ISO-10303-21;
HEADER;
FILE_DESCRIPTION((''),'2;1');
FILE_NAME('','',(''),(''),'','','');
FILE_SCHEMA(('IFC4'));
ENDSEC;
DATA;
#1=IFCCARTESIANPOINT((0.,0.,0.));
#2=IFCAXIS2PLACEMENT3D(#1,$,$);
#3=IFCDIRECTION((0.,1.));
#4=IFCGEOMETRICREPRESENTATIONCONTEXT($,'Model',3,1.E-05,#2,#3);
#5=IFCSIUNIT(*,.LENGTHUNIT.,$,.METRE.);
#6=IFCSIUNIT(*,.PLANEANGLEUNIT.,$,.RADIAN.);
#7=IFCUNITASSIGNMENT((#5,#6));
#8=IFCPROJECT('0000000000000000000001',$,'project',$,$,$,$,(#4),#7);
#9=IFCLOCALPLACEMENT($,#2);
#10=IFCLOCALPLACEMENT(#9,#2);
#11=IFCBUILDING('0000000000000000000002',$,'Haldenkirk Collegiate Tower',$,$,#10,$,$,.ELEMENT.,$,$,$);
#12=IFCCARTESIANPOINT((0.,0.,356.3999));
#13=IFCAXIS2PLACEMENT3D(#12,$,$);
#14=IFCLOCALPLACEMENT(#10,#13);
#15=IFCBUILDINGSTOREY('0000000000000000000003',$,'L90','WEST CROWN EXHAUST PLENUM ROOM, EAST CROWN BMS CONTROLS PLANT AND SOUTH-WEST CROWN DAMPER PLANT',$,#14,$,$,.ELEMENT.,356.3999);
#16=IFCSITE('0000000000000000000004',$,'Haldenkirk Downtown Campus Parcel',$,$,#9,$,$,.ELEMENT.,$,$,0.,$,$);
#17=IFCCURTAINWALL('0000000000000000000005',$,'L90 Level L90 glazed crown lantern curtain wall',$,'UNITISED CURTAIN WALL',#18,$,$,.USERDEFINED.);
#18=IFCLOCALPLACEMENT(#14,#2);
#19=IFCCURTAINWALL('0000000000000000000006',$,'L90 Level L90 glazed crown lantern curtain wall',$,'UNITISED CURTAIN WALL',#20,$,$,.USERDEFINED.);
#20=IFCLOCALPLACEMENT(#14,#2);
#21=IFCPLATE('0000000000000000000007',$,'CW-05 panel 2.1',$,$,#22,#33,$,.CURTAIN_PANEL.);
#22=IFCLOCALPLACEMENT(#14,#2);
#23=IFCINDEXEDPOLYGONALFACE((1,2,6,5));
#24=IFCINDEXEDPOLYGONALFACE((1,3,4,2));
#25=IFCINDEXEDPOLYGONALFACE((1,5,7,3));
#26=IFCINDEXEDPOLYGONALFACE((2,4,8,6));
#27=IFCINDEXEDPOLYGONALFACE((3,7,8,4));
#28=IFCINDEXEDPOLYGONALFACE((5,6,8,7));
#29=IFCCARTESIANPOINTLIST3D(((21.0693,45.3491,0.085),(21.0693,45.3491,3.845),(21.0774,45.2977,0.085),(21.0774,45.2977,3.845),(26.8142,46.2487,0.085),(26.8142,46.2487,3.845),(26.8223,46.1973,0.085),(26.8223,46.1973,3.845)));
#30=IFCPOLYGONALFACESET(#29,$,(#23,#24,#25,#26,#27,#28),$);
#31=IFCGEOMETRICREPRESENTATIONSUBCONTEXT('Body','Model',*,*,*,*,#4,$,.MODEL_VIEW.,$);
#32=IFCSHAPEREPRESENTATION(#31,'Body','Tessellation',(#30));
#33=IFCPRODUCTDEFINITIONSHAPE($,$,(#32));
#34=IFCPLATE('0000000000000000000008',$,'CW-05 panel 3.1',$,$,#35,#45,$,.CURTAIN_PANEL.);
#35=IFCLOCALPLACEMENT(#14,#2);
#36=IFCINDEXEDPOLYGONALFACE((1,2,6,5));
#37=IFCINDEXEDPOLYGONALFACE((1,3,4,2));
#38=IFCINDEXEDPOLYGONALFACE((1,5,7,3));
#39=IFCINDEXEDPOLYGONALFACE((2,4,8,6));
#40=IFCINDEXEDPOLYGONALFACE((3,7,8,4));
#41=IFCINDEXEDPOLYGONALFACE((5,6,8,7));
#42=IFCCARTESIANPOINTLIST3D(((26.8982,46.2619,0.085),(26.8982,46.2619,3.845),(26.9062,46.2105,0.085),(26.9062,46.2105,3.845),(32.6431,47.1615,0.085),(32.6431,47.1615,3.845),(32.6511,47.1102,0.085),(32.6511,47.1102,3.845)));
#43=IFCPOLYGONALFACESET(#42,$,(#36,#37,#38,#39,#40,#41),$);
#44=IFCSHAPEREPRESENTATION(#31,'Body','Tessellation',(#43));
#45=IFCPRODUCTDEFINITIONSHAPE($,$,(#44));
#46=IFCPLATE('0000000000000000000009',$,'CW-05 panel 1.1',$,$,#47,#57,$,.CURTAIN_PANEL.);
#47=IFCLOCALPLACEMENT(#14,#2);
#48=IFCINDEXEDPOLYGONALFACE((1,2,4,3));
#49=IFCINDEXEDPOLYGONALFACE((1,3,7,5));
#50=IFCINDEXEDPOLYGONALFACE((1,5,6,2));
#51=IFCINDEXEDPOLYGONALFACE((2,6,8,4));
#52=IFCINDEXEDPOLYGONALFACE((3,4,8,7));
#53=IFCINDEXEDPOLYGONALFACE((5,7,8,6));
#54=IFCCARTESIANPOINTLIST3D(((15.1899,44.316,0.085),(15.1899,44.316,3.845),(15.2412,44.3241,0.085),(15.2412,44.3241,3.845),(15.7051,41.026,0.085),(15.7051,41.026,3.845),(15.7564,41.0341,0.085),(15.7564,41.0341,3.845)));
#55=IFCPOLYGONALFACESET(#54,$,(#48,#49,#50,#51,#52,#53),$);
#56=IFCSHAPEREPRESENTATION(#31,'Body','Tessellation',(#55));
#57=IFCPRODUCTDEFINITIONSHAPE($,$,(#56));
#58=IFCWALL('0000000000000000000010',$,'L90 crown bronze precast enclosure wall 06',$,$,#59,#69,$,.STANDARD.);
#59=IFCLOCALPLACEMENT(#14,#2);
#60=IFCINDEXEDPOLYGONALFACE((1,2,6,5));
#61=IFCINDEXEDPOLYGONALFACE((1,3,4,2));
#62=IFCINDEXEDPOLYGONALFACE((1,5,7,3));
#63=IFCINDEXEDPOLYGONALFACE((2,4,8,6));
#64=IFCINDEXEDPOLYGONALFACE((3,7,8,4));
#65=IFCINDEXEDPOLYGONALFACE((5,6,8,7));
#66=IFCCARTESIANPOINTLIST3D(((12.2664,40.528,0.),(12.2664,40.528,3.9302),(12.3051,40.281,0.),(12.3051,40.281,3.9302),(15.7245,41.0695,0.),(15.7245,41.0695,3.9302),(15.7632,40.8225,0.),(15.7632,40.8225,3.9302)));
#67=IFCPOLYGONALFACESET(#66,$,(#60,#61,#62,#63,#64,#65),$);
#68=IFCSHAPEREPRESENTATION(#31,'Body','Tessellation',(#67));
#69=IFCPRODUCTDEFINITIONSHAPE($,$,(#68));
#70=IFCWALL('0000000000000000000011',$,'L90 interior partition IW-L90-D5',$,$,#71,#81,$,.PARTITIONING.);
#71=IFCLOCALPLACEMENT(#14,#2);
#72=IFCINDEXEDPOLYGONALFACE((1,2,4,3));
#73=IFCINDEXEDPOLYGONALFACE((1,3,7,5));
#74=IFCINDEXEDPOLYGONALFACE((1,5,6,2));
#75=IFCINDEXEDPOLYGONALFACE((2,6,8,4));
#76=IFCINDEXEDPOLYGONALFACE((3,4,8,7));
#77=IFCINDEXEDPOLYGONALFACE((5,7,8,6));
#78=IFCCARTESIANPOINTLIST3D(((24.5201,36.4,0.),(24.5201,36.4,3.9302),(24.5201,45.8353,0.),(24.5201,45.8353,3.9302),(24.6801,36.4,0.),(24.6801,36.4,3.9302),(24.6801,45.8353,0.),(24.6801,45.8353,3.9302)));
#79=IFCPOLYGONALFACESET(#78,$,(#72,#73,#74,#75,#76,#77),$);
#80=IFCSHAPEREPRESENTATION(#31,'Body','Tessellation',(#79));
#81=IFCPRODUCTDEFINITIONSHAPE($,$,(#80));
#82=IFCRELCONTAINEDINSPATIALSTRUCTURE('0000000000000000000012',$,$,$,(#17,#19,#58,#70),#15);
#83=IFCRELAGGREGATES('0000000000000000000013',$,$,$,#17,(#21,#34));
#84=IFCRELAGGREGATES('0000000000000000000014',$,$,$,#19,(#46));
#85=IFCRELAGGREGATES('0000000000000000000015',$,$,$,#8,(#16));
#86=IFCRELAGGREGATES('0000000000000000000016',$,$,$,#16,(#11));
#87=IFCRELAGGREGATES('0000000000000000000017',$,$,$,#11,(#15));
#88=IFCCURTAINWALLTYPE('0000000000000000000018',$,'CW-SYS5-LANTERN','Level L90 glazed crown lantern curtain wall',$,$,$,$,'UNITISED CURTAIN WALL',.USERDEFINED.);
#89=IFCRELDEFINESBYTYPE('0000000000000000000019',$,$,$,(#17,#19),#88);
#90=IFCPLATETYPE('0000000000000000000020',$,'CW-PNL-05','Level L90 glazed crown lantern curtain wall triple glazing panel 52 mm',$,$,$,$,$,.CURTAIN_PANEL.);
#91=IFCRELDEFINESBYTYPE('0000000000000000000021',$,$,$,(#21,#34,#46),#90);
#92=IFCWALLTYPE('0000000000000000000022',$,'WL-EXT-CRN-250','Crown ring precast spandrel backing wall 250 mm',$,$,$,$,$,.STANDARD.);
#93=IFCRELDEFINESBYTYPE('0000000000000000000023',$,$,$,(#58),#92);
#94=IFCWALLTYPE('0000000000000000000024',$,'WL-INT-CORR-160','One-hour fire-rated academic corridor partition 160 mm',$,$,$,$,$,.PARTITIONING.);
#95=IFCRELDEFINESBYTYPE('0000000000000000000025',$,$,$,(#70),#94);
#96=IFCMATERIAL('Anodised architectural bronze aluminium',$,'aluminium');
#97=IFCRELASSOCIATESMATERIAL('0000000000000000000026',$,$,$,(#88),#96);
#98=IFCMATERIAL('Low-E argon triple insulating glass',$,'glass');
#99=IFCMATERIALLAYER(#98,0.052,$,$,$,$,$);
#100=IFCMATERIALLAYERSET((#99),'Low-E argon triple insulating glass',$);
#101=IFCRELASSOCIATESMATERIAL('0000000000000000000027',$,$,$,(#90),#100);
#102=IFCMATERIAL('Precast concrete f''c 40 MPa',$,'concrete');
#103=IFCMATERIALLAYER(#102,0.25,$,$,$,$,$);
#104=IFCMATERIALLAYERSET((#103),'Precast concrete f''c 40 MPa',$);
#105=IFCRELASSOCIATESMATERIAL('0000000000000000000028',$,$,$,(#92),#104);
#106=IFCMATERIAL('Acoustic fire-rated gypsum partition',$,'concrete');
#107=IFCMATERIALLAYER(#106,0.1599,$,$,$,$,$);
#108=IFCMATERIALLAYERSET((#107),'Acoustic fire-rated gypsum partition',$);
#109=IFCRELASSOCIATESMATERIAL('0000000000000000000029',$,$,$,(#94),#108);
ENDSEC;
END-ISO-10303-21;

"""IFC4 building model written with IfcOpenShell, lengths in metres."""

from ifc_helpers import new_model, si_unit, direction, frame, frame_2d, origin, origin_2d, place, context, subcontext, project, spatial, rectangle, extrude, source, transform, mapped, material, layer, layer_set, type_object, element, aggregate, save


model = new_model("IFC4")

# Units and contexts
model_context = context("Model", 3, precision=1e-05, world=origin(), true_north=direction((0.0, 1.0)))
body_context = subcontext(model_context, "Body", "Model", "MODEL_VIEW")
ifc_project = project(units=[si_unit("LENGTHUNIT", "METRE"), si_unit("PLANEANGLEUNIT", "RADIAN")], contexts=[model_context])

# Site, building, storey
site_placement = place(None, origin())
site = spatial("IfcSite", under=ifc_project, at=site_placement, Name="Haldenkirk Downtown Campus Parcel", CompositionType="ELEMENT", RefElevation=0.0)
building_placement = place(site_placement, origin())
building = spatial("IfcBuilding", under=site, at=building_placement, Name="Haldenkirk Collegiate Tower", CompositionType="ELEMENT")
storey_placement = place(building_placement, frame((0.0, 0.0, 356.3999)))
storey = spatial("IfcBuildingStorey", under=building, at=storey_placement, Name="L90", Description="WEST CROWN EXHAUST PLENUM ROOM, EAST CROWN BMS CONTROLS PLANT AND SOUTH-WEST CROWN DAMPER PLANT", CompositionType="ELEMENT", Elevation=356.3999)

# Curtain walls
ifc_material_1 = material(Name="Anodised architectural bronze aluminium", Category="aluminium")
curtain_wall_type = type_object("IfcCurtainWallType", Name="CW-SYS5-LANTERN", Description="Level L90 glazed crown lantern curtain wall", ElementType="UNITISED CURTAIN WALL", PredefinedType="USERDEFINED", material=ifc_material_1)
curtain_wall_1_placement = place(storey_placement, origin())
curtain_wall_1 = element("IfcCurtainWall", 1, at=curtain_wall_1_placement, inside=storey, type_object=curtain_wall_type, Name="L90 Level L90 glazed crown lantern curtain wall", ObjectType="UNITISED CURTAIN WALL", PredefinedType="USERDEFINED")
curtain_wall_2_placement = place(storey_placement, origin())
curtain_wall_2 = element("IfcCurtainWall", 2, at=curtain_wall_2_placement, inside=storey, type_object=curtain_wall_type, Name="L90 Level L90 glazed crown lantern curtain wall", ObjectType="UNITISED CURTAIN WALL", PredefinedType="USERDEFINED")

# Plates
ifc_material_2 = material(Name="Low-E argon triple insulating glass", Category="glass")
ifc_layer_1 = layer(ifc_material_2, 0.052)
ifc_layer_set_1 = layer_set([ifc_layer_1], Name="Low-E argon triple insulating glass")
plate_type = type_object("IfcPlateType", Name="CW-PNL-05", Description="Level L90 glazed crown lantern curtain wall triple glazing panel 52 mm", PredefinedType="CURTAIN_PANEL", material=ifc_layer_set_1)
shared_shape_1 = source(origin(), body_context, "Body", "SweptSolid", [
    extrude(rectangle(XDim=5.8149, YDim=0.052, at=origin_2d()), origin(), (0.0, 0.0, 1.0), 3.76),
])
plate_1_placement = place(storey_placement, frame((23.9458, 45.7732, 0.085), z_axis=(0.0, 0.0, 1.0), x_axis=(0.98796, 0.154709, 0.0)))
plate_1 = element("IfcPlate", 3, at=plate_1_placement, type_object=plate_type, Name="CW-05 panel 2.1", PredefinedType="CURTAIN_PANEL", context=body_context, shape_type="MappedRepresentation", body=[
    mapped(shared_shape_1, transform((0.0, 0.0, 0.0), x_axis=(1.0, 0.0, 0.0), y_axis=(0.0, 1.0, 0.0), z_axis=(0.0, 0.0, 1.0), scale=1.0)),
])
plate_2_placement = place(storey_placement, frame((29.7747, 46.686, 0.085), z_axis=(0.0, 0.0, 1.0), x_axis=(0.98796, 0.154709, 0.0)))
plate_2 = element("IfcPlate", 4, at=plate_2_placement, type_object=plate_type, Name="CW-05 panel 3.1", PredefinedType="CURTAIN_PANEL", context=body_context, shape_type="MappedRepresentation", body=[
    mapped(shared_shape_1, transform((0.0, 0.0, 0.0), x_axis=(1.0, 0.0, 0.0), y_axis=(0.0, 1.0, 0.0), z_axis=(0.0, 0.0, 1.0), scale=1.0)),
])
aggregate(curtain_wall_1, [plate_1, plate_2])
shared_shape_2 = source(origin(), body_context, "Body", "SweptSolid", [
    extrude(rectangle(XDim=3.3301, YDim=0.052, at=origin_2d()), origin(), (0.0, 0.0, 1.0), 3.76),
])
plate_3_placement = place(storey_placement, frame((15.4731, 42.675, 0.085), z_axis=(0.0, 0.0, 1.0), x_axis=(-0.154712, 0.98796, 0.0)))
plate_3 = element("IfcPlate", 5, at=plate_3_placement, type_object=plate_type, Name="CW-05 panel 1.1", PredefinedType="CURTAIN_PANEL", context=body_context, shape_type="MappedRepresentation", body=[
    mapped(shared_shape_2, transform((0.0, 0.0, 0.0), x_axis=(1.0, 0.0, 0.0), y_axis=(0.0, 1.0, 0.0), z_axis=(0.0, 0.0, 1.0), scale=1.0)),
])
aggregate(curtain_wall_2, [plate_3])

# Walls
ifc_material_3 = material(Name="Precast concrete f'c 40 MPa", Category="concrete")
ifc_layer_2 = layer(ifc_material_3, 0.25)
ifc_layer_set_2 = layer_set([ifc_layer_2], Name="Precast concrete f'c 40 MPa")
wall_type_1 = type_object("IfcWallType", Name="WL-EXT-CRN-250", Description="Crown ring precast spandrel backing wall 250 mm", PredefinedType="STANDARD", material=ifc_layer_set_2)
wall_1_placement = place(storey_placement, frame((12.2859, 40.4045, 0.0), z_axis=(0.0, 0.0, 1.0), x_axis=(0.98796, 0.154709, 0.0)))
element("IfcWall", 6, at=wall_1_placement, inside=storey, type_object=wall_type_1, Name="L90 crown bronze precast enclosure wall 06", PredefinedType="STANDARD", context=body_context, shape_type="SweptSolid", body=[
    extrude(rectangle(XDim=3.5002, YDim=0.25, at=frame_2d((1.75, 0.0))), origin(), (0.0, 0.0, 1.0), 3.9302),
])
ifc_material_4 = material(Name="Acoustic fire-rated gypsum partition", Category="concrete")
ifc_layer_3 = layer(ifc_material_4, 0.1599)
ifc_layer_set_3 = layer_set([ifc_layer_3], Name="Acoustic fire-rated gypsum partition")
wall_type_2 = type_object("IfcWallType", Name="WL-INT-CORR-160", Description="One-hour fire-rated academic corridor partition 160 mm", PredefinedType="PARTITIONING", material=ifc_layer_set_3)
wall_2_placement = place(storey_placement, frame((24.6001, 36.3999, 0.0), z_axis=(0.0, 0.0, 1.0), x_axis=(0.0, 1.0, 0.0)))
element("IfcWall", 7, at=wall_2_placement, inside=storey, type_object=wall_type_2, Name="L90 interior partition IW-L90-D5", PredefinedType="PARTITIONING", context=body_context, shape_type="SweptSolid", body=[
    extrude(rectangle(XDim=9.4353, YDim=0.1599, at=frame_2d((4.7178, 0.0))), origin(), (0.0, 0.0, 1.0), 3.9302),
])

save(model, "model.ifc")
